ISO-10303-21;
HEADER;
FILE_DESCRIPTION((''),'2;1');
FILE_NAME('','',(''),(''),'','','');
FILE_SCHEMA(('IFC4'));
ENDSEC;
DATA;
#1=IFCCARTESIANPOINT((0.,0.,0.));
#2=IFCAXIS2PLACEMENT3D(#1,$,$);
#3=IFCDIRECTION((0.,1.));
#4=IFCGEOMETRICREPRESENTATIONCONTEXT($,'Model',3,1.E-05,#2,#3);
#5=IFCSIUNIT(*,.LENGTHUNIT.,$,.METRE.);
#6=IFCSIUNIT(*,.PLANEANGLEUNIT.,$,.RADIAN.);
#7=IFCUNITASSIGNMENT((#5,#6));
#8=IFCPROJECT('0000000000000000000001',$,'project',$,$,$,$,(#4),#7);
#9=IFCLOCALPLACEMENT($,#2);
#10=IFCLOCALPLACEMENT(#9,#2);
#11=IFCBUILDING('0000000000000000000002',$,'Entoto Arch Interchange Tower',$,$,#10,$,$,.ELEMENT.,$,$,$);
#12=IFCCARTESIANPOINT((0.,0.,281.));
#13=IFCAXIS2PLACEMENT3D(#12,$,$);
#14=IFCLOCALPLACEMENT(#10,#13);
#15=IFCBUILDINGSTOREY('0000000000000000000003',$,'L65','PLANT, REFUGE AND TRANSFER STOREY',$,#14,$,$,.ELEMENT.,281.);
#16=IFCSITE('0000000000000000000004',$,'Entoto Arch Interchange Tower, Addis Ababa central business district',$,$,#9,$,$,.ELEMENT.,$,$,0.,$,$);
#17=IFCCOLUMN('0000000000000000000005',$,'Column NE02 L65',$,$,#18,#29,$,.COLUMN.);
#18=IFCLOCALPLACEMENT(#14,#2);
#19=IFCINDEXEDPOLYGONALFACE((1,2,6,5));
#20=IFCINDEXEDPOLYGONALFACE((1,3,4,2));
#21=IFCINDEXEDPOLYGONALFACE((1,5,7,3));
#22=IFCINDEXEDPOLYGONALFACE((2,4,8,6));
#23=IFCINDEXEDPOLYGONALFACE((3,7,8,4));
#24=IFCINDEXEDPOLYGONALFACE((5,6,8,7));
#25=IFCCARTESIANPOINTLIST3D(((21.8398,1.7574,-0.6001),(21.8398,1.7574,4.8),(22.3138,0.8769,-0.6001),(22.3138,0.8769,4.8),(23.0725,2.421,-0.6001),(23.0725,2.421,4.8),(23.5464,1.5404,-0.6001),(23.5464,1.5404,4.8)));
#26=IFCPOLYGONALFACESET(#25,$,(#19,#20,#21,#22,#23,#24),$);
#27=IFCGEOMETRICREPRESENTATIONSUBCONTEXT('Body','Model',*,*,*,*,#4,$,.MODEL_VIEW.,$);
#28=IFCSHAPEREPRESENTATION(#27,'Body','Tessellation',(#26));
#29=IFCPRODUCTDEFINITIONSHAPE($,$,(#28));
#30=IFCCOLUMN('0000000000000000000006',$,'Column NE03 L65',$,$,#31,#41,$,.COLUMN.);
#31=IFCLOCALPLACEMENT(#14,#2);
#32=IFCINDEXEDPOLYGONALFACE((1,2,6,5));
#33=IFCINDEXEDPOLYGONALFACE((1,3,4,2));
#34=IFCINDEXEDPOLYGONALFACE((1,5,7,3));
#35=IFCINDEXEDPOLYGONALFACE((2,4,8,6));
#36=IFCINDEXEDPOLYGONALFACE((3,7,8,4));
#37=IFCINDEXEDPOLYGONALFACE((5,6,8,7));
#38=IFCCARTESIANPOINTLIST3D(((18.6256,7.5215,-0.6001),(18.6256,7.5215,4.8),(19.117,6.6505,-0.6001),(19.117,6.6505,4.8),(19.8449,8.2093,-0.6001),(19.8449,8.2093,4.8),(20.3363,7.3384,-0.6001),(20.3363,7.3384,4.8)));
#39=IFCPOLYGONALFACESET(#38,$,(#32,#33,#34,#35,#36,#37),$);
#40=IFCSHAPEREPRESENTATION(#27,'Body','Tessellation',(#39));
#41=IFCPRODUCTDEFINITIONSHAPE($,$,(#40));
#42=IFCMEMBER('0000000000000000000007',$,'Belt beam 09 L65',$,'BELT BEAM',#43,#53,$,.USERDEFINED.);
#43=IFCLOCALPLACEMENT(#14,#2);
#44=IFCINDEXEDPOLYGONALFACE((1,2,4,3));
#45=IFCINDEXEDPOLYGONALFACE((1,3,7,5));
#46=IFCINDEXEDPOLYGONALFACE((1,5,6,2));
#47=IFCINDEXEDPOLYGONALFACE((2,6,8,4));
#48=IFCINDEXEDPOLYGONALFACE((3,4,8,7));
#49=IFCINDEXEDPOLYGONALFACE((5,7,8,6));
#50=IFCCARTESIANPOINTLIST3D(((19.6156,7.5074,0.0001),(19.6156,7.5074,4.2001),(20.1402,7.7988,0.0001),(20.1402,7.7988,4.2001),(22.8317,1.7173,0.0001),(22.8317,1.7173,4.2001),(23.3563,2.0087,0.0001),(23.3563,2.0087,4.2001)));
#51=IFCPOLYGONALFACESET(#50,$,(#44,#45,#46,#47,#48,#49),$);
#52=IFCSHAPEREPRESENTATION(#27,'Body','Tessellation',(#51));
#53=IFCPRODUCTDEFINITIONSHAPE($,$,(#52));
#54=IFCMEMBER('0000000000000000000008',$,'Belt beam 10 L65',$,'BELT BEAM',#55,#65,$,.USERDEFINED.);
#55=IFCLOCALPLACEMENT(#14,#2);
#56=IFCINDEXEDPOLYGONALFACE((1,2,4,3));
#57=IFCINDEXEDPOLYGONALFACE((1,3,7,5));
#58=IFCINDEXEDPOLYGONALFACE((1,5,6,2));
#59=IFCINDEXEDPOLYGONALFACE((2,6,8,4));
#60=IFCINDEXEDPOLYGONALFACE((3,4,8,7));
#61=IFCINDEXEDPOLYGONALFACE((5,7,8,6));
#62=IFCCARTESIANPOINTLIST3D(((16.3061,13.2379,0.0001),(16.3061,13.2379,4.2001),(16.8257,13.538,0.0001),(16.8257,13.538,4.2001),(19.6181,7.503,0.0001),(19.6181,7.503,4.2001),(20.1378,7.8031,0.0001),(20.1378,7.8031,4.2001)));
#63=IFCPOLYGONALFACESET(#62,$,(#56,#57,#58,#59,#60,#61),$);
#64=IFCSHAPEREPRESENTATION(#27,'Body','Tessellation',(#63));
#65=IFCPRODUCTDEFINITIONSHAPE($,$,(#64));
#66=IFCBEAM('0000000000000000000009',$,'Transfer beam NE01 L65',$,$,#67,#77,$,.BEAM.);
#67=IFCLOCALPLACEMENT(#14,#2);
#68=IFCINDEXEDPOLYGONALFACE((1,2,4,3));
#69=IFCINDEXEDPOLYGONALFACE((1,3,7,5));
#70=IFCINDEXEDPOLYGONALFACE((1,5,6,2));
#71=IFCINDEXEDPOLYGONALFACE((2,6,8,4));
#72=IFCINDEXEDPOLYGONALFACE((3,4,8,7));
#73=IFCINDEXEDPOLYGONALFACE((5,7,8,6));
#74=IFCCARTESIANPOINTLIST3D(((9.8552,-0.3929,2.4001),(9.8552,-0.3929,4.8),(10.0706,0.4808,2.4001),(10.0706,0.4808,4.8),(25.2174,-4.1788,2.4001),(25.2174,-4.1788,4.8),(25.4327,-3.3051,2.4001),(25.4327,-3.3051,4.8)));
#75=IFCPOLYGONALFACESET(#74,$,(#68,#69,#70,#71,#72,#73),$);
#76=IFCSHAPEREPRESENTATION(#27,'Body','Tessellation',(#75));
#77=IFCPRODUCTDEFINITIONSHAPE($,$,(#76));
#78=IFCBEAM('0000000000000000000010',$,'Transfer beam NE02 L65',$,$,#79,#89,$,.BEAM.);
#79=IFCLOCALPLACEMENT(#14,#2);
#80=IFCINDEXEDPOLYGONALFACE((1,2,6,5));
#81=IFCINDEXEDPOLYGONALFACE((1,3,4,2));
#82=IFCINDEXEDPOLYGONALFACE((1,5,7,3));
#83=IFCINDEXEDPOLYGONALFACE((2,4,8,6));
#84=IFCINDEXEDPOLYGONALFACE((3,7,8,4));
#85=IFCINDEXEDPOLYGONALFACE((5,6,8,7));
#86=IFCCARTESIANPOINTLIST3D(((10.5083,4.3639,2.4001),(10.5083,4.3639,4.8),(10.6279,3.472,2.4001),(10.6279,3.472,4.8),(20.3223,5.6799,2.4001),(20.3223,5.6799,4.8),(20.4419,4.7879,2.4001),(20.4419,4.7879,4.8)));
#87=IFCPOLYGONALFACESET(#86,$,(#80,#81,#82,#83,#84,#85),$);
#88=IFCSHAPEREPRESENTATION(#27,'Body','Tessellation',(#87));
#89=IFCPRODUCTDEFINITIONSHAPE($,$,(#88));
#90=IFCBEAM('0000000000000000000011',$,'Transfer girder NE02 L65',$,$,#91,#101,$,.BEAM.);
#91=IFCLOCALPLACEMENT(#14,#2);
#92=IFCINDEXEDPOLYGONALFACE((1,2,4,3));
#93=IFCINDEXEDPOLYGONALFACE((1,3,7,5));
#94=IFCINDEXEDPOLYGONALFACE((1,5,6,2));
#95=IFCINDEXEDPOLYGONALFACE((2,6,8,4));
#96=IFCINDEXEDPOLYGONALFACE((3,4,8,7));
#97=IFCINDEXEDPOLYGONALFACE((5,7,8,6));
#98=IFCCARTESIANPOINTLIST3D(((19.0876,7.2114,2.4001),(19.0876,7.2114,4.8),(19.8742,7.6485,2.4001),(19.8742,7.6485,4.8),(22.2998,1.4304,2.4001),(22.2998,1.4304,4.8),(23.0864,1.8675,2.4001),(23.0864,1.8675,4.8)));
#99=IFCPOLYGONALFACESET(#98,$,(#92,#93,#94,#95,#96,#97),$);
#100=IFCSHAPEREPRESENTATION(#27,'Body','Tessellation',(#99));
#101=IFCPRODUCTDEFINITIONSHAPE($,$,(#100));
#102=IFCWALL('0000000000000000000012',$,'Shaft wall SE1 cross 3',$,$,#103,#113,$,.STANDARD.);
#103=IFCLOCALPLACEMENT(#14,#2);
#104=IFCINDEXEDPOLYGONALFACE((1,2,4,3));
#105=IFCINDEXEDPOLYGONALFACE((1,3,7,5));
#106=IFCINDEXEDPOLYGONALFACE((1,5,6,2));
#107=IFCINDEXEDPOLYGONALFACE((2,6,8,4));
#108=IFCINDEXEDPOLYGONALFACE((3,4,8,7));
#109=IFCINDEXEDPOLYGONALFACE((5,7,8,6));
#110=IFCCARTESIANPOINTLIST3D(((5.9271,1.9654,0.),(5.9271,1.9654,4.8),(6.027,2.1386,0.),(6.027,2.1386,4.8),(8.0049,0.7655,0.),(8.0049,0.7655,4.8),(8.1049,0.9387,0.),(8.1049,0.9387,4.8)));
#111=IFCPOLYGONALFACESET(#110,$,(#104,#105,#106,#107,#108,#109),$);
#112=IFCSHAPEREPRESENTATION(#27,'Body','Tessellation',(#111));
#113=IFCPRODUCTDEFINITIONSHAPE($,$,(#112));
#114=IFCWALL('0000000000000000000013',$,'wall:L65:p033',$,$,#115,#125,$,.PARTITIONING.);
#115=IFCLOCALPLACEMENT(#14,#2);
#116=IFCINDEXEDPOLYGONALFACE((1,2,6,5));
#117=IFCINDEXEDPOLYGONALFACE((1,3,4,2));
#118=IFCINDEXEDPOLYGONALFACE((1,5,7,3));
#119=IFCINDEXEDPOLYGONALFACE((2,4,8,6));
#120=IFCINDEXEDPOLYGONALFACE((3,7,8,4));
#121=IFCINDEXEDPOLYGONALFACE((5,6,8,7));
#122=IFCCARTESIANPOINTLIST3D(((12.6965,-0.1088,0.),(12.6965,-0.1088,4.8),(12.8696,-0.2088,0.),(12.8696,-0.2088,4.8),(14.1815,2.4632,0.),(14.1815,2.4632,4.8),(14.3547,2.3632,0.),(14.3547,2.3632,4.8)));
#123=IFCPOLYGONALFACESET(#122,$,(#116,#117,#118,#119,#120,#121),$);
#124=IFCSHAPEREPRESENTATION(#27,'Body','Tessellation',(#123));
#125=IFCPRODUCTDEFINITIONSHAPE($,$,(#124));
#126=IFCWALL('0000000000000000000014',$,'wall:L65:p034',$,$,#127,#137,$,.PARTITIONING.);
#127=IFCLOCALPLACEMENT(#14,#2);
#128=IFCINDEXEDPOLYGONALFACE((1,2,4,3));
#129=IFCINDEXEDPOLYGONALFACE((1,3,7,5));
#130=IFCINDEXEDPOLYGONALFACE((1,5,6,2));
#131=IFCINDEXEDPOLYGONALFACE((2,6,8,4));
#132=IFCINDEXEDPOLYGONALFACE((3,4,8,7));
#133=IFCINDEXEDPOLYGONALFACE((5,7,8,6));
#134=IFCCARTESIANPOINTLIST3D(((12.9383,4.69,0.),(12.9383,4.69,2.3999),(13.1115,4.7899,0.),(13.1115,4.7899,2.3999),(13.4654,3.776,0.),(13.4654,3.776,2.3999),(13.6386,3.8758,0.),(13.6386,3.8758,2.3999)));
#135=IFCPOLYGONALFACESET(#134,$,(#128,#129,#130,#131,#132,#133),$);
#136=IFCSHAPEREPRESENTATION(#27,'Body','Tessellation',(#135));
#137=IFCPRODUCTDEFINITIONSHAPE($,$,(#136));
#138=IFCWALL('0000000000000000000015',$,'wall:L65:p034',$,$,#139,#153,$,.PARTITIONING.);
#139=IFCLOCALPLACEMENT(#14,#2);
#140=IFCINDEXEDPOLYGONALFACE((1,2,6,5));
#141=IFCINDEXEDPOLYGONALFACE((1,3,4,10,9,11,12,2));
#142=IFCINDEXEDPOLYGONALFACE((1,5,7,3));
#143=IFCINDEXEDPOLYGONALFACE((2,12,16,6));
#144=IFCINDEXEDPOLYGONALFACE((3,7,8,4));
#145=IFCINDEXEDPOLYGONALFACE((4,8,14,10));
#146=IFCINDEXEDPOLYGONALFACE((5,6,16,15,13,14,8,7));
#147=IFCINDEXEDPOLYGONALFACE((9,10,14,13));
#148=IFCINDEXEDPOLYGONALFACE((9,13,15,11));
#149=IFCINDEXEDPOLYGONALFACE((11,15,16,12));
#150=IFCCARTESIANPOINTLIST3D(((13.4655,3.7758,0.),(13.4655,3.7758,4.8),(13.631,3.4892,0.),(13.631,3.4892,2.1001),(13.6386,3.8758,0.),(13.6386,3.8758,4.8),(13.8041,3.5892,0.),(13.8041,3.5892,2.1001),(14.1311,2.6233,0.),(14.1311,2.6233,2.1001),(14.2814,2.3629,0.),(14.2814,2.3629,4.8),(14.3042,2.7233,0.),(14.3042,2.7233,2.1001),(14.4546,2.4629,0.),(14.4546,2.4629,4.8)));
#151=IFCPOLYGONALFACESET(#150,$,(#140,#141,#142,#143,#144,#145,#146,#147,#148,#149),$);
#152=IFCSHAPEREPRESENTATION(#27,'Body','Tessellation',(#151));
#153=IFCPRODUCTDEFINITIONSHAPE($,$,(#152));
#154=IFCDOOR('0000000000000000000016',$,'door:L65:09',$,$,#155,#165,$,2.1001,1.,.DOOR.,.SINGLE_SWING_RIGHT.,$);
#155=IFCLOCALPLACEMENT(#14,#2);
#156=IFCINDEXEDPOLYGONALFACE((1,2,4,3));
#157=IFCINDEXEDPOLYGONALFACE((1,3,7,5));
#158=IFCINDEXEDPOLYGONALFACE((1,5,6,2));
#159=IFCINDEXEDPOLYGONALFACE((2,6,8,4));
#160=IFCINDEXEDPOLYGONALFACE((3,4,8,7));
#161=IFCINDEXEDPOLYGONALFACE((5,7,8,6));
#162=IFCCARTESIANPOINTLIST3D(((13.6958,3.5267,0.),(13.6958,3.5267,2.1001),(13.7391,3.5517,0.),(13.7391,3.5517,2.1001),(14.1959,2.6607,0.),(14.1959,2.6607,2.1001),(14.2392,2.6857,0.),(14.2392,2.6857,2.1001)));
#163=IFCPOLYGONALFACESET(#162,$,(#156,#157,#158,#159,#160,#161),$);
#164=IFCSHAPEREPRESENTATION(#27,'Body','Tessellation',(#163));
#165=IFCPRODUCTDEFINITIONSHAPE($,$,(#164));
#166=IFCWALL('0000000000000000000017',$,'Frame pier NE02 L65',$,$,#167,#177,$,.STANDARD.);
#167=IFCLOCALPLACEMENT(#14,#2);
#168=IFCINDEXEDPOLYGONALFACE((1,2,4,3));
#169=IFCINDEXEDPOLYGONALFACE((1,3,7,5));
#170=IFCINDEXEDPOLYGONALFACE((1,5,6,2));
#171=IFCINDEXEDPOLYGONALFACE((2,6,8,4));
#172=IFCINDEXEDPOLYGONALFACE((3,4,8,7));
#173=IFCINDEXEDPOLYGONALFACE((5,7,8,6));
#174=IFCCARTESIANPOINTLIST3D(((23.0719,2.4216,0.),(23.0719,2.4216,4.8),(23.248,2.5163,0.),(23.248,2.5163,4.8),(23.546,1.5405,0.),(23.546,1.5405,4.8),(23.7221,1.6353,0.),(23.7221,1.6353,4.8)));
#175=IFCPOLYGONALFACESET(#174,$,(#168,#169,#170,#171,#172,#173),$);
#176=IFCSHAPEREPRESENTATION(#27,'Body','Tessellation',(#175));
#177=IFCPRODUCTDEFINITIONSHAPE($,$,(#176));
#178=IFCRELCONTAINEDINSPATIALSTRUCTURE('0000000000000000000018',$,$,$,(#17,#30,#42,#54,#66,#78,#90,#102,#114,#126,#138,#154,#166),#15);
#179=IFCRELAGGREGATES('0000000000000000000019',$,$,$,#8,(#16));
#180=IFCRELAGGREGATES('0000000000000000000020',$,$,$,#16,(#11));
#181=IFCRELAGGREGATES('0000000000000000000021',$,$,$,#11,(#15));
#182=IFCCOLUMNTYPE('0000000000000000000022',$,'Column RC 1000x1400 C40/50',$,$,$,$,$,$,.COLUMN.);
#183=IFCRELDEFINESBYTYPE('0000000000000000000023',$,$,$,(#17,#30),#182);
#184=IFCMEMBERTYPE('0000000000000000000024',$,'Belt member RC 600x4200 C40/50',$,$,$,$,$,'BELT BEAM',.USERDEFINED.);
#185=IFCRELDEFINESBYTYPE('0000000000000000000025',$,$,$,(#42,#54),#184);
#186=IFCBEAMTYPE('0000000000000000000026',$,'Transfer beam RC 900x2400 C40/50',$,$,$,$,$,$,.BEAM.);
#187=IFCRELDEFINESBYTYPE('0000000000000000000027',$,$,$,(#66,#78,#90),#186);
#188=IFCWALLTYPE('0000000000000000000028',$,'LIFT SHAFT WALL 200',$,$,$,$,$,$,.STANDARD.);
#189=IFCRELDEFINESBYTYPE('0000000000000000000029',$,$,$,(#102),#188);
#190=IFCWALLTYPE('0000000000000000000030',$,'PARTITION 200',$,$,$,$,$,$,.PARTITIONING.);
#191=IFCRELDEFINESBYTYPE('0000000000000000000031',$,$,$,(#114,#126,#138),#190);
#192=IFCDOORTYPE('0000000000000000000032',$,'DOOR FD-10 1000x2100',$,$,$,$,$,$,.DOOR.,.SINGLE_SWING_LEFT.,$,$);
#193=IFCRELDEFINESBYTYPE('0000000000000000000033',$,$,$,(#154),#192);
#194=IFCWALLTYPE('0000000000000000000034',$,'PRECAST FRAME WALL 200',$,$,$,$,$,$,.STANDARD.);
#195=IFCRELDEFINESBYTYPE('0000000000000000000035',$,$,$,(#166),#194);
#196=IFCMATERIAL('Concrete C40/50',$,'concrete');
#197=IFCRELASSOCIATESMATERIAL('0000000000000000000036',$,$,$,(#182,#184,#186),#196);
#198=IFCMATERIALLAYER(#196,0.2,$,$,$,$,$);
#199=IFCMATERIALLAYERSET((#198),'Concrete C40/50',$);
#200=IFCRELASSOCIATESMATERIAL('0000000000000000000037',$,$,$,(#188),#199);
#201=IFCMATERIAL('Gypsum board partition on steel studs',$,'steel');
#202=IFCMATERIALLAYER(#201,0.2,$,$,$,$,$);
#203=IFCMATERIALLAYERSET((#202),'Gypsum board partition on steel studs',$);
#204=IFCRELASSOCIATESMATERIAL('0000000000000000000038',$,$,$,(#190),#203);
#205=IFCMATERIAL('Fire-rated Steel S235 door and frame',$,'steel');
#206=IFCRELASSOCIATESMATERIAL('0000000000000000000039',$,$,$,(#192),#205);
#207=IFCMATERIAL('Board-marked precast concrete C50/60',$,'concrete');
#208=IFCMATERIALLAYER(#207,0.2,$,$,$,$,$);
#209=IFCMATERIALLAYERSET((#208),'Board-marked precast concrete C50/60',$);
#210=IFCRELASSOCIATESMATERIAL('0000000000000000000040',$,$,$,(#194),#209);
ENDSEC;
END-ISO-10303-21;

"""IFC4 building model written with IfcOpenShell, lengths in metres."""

from ifc_helpers import new_model, si_unit, direction, frame, frame_2d, origin, origin_2d, place, context, subcontext, project, spatial, rectangle, extrude, material, layer, layer_set, material_profile, profile_set, type_object, element, fill, save


model = new_model("IFC4")

# Units and contexts
model_context = context("Model", 3, precision=1e-05, world=origin(), true_north=direction((0.0, 1.0)))
body_context = subcontext(model_context, "Body", "Model", "MODEL_VIEW")
ifc_project = project(units=[si_unit("LENGTHUNIT", "METRE"), si_unit("PLANEANGLEUNIT", "RADIAN")], contexts=[model_context])

# Site, building, storey
site_placement = place(None, origin())
site = spatial("IfcSite", under=ifc_project, at=site_placement, Name="Entoto Arch Interchange Tower, Addis Ababa central business district", CompositionType="ELEMENT", RefElevation=0.0)
building_placement = place(site_placement, origin())
building = spatial("IfcBuilding", under=site, at=building_placement, Name="Entoto Arch Interchange Tower", CompositionType="ELEMENT")
storey_placement = place(building_placement, frame((0.0, 0.0, 281.0)))
storey = spatial("IfcBuildingStorey", under=building, at=storey_placement, Name="L65", Description="PLANT, REFUGE AND TRANSFER STOREY", CompositionType="ELEMENT", Elevation=281.0)

# Columns
ifc_material_1 = material(Name="Concrete C40/50", Category="concrete")
ifc_material_profile_1 = material_profile(ifc_material_1, rectangle(XDim=1.0, YDim=1.3999, at=origin_2d()))
ifc_profile_set_1 = profile_set([ifc_material_profile_1], Name="Concrete C40/50")
column_type = type_object("IfcColumnType", Name="Column RC 1000x1400 C40/50", PredefinedType="COLUMN", material=ifc_profile_set_1)
for number, where, z_axis, x_axis, name in (
    (1, (22.6931, 1.6489, -0.6001), (0.0, 0.0, 1.0), (-0.473981, 0.880535, 0.0), "Column NE02 L65"),
    (2, (19.481, 7.4299, -0.6001), (0.0, 0.0, 1.0), (-0.491375, 0.870948, 0.0), "Column NE03 L65"),
):
    element("IfcColumn", number, at=place(storey_placement, frame(where, z_axis=z_axis, x_axis=x_axis)), inside=storey, type_object=column_type, Name=name, PredefinedType="COLUMN", context=body_context, shape_type="SweptSolid", body=[
        extrude(rectangle(XDim=1.0, YDim=1.3999, at=origin_2d()), origin(), (0.0, 0.0, 1.0), 5.4001),
    ])

# Members
ifc_material_profile_2 = material_profile(ifc_material_1, rectangle(XDim=0.6001, YDim=4.2, at=origin_2d()))
ifc_profile_set_2 = profile_set([ifc_material_profile_2], Name="Concrete C40/50")
member_type = type_object("IfcMemberType", Name="Belt member RC 600x4200 C40/50", ElementType="BELT BEAM", PredefinedType="USERDEFINED", material=ifc_profile_set_2)
member_1_placement = place(storey_placement, frame((23.094, 1.863, 2.1001), z_axis=(-0.485571, 0.874197, 0.0), x_axis=(-0.874197, -0.485571, 0.0)))
element("IfcMember", 3, at=member_1_placement, inside=storey, type_object=member_type, Name="Belt beam 09 L65", ObjectType="BELT BEAM", PredefinedType="USERDEFINED", context=body_context, shape_type="SweptSolid", body=[
    extrude(rectangle(XDim=0.6001, YDim=4.2, at=origin_2d()), origin(), (0.0, 0.0, 1.0), 6.6233),
])
member_2_placement = place(storey_placement, frame((19.8779, 7.6531, 2.1001), z_axis=(-0.500112, 0.865961, 0.0), x_axis=(-0.865961, -0.500112, 0.0)))
element("IfcMember", 4, at=member_2_placement, inside=storey, type_object=member_type, Name="Belt beam 10 L65", ObjectType="BELT BEAM", PredefinedType="USERDEFINED", context=body_context, shape_type="SweptSolid", body=[
    extrude(rectangle(XDim=0.6001, YDim=4.2, at=origin_2d()), origin(), (0.0, 0.0, 1.0), 6.6226),
])

# Beams
ifc_material_profile_3 = material_profile(ifc_material_1, rectangle(XDim=0.8999, YDim=2.3999, at=origin_2d()))
ifc_profile_set_3 = profile_set([ifc_material_profile_3], Name="Concrete C40/50")
beam_type = type_object("IfcBeamType", Name="Transfer beam RC 900x2400 C40/50", PredefinedType="BEAM", material=ifc_profile_set_3)
beam_1_placement = place(storey_placement, frame((9.9629, 0.0439, 3.6001), z_axis=(0.970949, -0.239285, 0.0), x_axis=(0.239285, 0.970949, 0.0)))
element("IfcBeam", 5, at=beam_1_placement, inside=storey, type_object=beam_type, Name="Transfer beam NE01 L65", PredefinedType="BEAM", context=body_context, shape_type="SweptSolid", body=[
    extrude(rectangle(XDim=0.8999, YDim=2.3999, at=origin_2d()), origin(), (0.0, 0.0, 1.0), 15.8218),
])
beam_2_placement = place(storey_placement, frame((10.5681, 3.918, 3.6001), z_axis=(0.99113, 0.132897, 0.0), x_axis=(-0.132897, 0.99113, 0.0)))
element("IfcBeam", 6, at=beam_2_placement, inside=storey, type_object=beam_type, Name="Transfer beam NE02 L65", PredefinedType="BEAM", context=body_context, shape_type="SweptSolid", body=[
    extrude(rectangle(XDim=0.8999, YDim=2.3999, at=origin_2d()), origin(), (0.0, 0.0, 1.0), 9.9019),
])
beam_3_placement = place(storey_placement, frame((22.6931, 1.6489, 3.6001), z_axis=(-0.485699, 0.874126, 0.0), x_axis=(-0.874126, -0.485699, 0.0)))
element("IfcBeam", 7, at=beam_3_placement, inside=storey, type_object=beam_type, Name="Transfer girder NE02 L65", PredefinedType="BEAM", context=body_context, shape_type="SweptSolid", body=[
    extrude(rectangle(XDim=0.8999, YDim=2.3999, at=origin_2d()), origin(), (0.0, 0.0, 1.0), 6.6135),
])

# Walls
ifc_layer_1 = layer(ifc_material_1, 0.2)
ifc_layer_set_1 = layer_set([ifc_layer_1], Name="Concrete C40/50")
wall_type_1 = type_object("IfcWallType", Name="LIFT SHAFT WALL 200", PredefinedType="STANDARD", material=ifc_layer_set_1)
wall_1_placement = place(storey_placement, frame((5.9771, 2.052, 0.0), z_axis=(0.0, 0.0, 1.0), x_axis=(0.865974, -0.500089, 0.0)))
element("IfcWall", 8, at=wall_1_placement, inside=storey, type_object=wall_type_1, Name="Shaft wall SE1 cross 3", PredefinedType="STANDARD", context=body_context, shape_type="SweptSolid", body=[
    extrude(rectangle(XDim=2.3994, YDim=0.2, at=frame_2d((1.1997, 0.0))), origin(), (0.0, 0.0, 1.0), 4.8),
])
ifc_material_2 = material(Name="Gypsum board partition on steel studs", Category="steel")
ifc_layer_2 = layer(ifc_material_2, 0.2)
ifc_layer_set_2 = layer_set([ifc_layer_2], Name="Gypsum board partition on steel studs")
wall_type_2 = type_object("IfcWallType", Name="PARTITION 200", PredefinedType="PARTITIONING", material=ifc_layer_set_2)
wall_2_placement = place(storey_placement, frame((14.2681, 2.4131, 0.0), z_axis=(0.0, 0.0, 1.0), x_axis=(-0.500038, -0.866004, 0.0)))
element("IfcWall", 9, at=wall_2_placement, inside=storey, type_object=wall_type_2, Name="wall:L65:p033", PredefinedType="PARTITIONING", context=body_context, shape_type="SweptSolid", body=[
    extrude(rectangle(XDim=2.97, YDim=0.2, at=frame_2d((1.4849, 0.0))), origin(), (0.0, 0.0, 1.0), 4.8),
])
wall_3_placement = place(storey_placement, frame((13.0249, 4.74, 0.0), z_axis=(0.0, 0.0, 1.0), x_axis=(0.499549, -0.866286, 0.0)))
element("IfcWall", 10, at=wall_3_placement, inside=storey, type_object=wall_type_2, Name="wall:L65:p034", PredefinedType="PARTITIONING", context=body_context, shape_type="SweptSolid", body=[
    extrude(rectangle(XDim=1.0552, YDim=0.2, at=frame_2d((0.5276, 0.0))), origin(), (0.0, 0.0, 1.0), 2.3999),
])

# Wall, opening, door
wall_4_placement = place(storey_placement, frame((13.552, 3.8259, 0.0), z_axis=(0.0, 0.0, 1.0), x_axis=(0.500098, -0.865969, 0.0)))
wall_4 = element("IfcWall", 11, at=wall_4_placement, inside=storey, type_object=wall_type_2, Name="wall:L65:p034", PredefinedType="PARTITIONING", context=body_context, shape_type="SweptSolid", body=[
    extrude(rectangle(XDim=1.6316, YDim=0.2, at=frame_2d((0.8159, 0.0))), origin(), (0.0, 0.0, 1.0), 4.8),
])
opening_placement = place(wall_4_placement, frame((0.3311, 0.0, 0.0)))
opening = element("IfcOpeningElement", 12, at=opening_placement, cuts=wall_4, PredefinedType="OPENING", context=body_context, shape_type="SweptSolid", body=[
    extrude(rectangle(XDim=1.0, YDim=2.1001, at=frame_2d((0.5, 1.05))), frame((0.0, 0.1099, 0.0), z_axis=(0.0, -1.0, 0.0), x_axis=(1.0, 0.0, 0.0)), (0.0, 0.0, 1.0), 0.22),
])
ifc_material_3 = material(Name="Fire-rated Steel S235 door and frame", Category="steel")
door_type = type_object("IfcDoorType", Name="DOOR FD-10 1000x2100", OperationType="SINGLE_SWING_LEFT", PredefinedType="DOOR", material=ifc_material_3)
door_placement = place(opening_placement, origin())
door = element("IfcDoor", 13, at=door_placement, inside=storey, type_object=door_type, Name="door:L65:09", OperationType="SINGLE_SWING_RIGHT", OverallHeight=2.1001, OverallWidth=1.0, PredefinedType="DOOR", context=body_context, shape_type="SweptSolid", body=[
    extrude(rectangle(XDim=1.0, YDim=2.1001, at=frame_2d((0.5, 1.05))), frame((0.0, 0.0249, 0.0), z_axis=(0.0, -1.0, 0.0), x_axis=(1.0, 0.0, 0.0)), (0.0, 0.0, 1.0), 0.05),
])
fill(opening, door)

# Wall
ifc_material_4 = material(Name="Board-marked precast concrete C50/60", Category="concrete")
ifc_layer_3 = layer(ifc_material_4, 0.2)
ifc_layer_set_3 = layer_set([ifc_layer_3], Name="Board-marked precast concrete C50/60")
wall_type_3 = type_object("IfcWallType", Name="PRECAST FRAME WALL 200", PredefinedType="STANDARD", material=ifc_layer_set_3)
for number, where, z_axis, x_axis, name in (
    (14, (23.634, 1.5879, 0.0), (0.0, 0.0, 1.0), (-0.473852, 0.880604, 0.0), "Frame pier NE02 L65"),
):
    element("IfcWall", number, at=place(storey_placement, frame(where, z_axis=z_axis, x_axis=x_axis)), inside=storey, type_object=wall_type_3, Name=name, PredefinedType="STANDARD", context=body_context, shape_type="SweptSolid", body=[
        extrude(rectangle(XDim=1.0005, YDim=0.2, at=frame_2d((0.5002, 0.0))), origin(), (0.0, 0.0, 1.0), 4.8),
    ])

save(model, "model.ifc")
